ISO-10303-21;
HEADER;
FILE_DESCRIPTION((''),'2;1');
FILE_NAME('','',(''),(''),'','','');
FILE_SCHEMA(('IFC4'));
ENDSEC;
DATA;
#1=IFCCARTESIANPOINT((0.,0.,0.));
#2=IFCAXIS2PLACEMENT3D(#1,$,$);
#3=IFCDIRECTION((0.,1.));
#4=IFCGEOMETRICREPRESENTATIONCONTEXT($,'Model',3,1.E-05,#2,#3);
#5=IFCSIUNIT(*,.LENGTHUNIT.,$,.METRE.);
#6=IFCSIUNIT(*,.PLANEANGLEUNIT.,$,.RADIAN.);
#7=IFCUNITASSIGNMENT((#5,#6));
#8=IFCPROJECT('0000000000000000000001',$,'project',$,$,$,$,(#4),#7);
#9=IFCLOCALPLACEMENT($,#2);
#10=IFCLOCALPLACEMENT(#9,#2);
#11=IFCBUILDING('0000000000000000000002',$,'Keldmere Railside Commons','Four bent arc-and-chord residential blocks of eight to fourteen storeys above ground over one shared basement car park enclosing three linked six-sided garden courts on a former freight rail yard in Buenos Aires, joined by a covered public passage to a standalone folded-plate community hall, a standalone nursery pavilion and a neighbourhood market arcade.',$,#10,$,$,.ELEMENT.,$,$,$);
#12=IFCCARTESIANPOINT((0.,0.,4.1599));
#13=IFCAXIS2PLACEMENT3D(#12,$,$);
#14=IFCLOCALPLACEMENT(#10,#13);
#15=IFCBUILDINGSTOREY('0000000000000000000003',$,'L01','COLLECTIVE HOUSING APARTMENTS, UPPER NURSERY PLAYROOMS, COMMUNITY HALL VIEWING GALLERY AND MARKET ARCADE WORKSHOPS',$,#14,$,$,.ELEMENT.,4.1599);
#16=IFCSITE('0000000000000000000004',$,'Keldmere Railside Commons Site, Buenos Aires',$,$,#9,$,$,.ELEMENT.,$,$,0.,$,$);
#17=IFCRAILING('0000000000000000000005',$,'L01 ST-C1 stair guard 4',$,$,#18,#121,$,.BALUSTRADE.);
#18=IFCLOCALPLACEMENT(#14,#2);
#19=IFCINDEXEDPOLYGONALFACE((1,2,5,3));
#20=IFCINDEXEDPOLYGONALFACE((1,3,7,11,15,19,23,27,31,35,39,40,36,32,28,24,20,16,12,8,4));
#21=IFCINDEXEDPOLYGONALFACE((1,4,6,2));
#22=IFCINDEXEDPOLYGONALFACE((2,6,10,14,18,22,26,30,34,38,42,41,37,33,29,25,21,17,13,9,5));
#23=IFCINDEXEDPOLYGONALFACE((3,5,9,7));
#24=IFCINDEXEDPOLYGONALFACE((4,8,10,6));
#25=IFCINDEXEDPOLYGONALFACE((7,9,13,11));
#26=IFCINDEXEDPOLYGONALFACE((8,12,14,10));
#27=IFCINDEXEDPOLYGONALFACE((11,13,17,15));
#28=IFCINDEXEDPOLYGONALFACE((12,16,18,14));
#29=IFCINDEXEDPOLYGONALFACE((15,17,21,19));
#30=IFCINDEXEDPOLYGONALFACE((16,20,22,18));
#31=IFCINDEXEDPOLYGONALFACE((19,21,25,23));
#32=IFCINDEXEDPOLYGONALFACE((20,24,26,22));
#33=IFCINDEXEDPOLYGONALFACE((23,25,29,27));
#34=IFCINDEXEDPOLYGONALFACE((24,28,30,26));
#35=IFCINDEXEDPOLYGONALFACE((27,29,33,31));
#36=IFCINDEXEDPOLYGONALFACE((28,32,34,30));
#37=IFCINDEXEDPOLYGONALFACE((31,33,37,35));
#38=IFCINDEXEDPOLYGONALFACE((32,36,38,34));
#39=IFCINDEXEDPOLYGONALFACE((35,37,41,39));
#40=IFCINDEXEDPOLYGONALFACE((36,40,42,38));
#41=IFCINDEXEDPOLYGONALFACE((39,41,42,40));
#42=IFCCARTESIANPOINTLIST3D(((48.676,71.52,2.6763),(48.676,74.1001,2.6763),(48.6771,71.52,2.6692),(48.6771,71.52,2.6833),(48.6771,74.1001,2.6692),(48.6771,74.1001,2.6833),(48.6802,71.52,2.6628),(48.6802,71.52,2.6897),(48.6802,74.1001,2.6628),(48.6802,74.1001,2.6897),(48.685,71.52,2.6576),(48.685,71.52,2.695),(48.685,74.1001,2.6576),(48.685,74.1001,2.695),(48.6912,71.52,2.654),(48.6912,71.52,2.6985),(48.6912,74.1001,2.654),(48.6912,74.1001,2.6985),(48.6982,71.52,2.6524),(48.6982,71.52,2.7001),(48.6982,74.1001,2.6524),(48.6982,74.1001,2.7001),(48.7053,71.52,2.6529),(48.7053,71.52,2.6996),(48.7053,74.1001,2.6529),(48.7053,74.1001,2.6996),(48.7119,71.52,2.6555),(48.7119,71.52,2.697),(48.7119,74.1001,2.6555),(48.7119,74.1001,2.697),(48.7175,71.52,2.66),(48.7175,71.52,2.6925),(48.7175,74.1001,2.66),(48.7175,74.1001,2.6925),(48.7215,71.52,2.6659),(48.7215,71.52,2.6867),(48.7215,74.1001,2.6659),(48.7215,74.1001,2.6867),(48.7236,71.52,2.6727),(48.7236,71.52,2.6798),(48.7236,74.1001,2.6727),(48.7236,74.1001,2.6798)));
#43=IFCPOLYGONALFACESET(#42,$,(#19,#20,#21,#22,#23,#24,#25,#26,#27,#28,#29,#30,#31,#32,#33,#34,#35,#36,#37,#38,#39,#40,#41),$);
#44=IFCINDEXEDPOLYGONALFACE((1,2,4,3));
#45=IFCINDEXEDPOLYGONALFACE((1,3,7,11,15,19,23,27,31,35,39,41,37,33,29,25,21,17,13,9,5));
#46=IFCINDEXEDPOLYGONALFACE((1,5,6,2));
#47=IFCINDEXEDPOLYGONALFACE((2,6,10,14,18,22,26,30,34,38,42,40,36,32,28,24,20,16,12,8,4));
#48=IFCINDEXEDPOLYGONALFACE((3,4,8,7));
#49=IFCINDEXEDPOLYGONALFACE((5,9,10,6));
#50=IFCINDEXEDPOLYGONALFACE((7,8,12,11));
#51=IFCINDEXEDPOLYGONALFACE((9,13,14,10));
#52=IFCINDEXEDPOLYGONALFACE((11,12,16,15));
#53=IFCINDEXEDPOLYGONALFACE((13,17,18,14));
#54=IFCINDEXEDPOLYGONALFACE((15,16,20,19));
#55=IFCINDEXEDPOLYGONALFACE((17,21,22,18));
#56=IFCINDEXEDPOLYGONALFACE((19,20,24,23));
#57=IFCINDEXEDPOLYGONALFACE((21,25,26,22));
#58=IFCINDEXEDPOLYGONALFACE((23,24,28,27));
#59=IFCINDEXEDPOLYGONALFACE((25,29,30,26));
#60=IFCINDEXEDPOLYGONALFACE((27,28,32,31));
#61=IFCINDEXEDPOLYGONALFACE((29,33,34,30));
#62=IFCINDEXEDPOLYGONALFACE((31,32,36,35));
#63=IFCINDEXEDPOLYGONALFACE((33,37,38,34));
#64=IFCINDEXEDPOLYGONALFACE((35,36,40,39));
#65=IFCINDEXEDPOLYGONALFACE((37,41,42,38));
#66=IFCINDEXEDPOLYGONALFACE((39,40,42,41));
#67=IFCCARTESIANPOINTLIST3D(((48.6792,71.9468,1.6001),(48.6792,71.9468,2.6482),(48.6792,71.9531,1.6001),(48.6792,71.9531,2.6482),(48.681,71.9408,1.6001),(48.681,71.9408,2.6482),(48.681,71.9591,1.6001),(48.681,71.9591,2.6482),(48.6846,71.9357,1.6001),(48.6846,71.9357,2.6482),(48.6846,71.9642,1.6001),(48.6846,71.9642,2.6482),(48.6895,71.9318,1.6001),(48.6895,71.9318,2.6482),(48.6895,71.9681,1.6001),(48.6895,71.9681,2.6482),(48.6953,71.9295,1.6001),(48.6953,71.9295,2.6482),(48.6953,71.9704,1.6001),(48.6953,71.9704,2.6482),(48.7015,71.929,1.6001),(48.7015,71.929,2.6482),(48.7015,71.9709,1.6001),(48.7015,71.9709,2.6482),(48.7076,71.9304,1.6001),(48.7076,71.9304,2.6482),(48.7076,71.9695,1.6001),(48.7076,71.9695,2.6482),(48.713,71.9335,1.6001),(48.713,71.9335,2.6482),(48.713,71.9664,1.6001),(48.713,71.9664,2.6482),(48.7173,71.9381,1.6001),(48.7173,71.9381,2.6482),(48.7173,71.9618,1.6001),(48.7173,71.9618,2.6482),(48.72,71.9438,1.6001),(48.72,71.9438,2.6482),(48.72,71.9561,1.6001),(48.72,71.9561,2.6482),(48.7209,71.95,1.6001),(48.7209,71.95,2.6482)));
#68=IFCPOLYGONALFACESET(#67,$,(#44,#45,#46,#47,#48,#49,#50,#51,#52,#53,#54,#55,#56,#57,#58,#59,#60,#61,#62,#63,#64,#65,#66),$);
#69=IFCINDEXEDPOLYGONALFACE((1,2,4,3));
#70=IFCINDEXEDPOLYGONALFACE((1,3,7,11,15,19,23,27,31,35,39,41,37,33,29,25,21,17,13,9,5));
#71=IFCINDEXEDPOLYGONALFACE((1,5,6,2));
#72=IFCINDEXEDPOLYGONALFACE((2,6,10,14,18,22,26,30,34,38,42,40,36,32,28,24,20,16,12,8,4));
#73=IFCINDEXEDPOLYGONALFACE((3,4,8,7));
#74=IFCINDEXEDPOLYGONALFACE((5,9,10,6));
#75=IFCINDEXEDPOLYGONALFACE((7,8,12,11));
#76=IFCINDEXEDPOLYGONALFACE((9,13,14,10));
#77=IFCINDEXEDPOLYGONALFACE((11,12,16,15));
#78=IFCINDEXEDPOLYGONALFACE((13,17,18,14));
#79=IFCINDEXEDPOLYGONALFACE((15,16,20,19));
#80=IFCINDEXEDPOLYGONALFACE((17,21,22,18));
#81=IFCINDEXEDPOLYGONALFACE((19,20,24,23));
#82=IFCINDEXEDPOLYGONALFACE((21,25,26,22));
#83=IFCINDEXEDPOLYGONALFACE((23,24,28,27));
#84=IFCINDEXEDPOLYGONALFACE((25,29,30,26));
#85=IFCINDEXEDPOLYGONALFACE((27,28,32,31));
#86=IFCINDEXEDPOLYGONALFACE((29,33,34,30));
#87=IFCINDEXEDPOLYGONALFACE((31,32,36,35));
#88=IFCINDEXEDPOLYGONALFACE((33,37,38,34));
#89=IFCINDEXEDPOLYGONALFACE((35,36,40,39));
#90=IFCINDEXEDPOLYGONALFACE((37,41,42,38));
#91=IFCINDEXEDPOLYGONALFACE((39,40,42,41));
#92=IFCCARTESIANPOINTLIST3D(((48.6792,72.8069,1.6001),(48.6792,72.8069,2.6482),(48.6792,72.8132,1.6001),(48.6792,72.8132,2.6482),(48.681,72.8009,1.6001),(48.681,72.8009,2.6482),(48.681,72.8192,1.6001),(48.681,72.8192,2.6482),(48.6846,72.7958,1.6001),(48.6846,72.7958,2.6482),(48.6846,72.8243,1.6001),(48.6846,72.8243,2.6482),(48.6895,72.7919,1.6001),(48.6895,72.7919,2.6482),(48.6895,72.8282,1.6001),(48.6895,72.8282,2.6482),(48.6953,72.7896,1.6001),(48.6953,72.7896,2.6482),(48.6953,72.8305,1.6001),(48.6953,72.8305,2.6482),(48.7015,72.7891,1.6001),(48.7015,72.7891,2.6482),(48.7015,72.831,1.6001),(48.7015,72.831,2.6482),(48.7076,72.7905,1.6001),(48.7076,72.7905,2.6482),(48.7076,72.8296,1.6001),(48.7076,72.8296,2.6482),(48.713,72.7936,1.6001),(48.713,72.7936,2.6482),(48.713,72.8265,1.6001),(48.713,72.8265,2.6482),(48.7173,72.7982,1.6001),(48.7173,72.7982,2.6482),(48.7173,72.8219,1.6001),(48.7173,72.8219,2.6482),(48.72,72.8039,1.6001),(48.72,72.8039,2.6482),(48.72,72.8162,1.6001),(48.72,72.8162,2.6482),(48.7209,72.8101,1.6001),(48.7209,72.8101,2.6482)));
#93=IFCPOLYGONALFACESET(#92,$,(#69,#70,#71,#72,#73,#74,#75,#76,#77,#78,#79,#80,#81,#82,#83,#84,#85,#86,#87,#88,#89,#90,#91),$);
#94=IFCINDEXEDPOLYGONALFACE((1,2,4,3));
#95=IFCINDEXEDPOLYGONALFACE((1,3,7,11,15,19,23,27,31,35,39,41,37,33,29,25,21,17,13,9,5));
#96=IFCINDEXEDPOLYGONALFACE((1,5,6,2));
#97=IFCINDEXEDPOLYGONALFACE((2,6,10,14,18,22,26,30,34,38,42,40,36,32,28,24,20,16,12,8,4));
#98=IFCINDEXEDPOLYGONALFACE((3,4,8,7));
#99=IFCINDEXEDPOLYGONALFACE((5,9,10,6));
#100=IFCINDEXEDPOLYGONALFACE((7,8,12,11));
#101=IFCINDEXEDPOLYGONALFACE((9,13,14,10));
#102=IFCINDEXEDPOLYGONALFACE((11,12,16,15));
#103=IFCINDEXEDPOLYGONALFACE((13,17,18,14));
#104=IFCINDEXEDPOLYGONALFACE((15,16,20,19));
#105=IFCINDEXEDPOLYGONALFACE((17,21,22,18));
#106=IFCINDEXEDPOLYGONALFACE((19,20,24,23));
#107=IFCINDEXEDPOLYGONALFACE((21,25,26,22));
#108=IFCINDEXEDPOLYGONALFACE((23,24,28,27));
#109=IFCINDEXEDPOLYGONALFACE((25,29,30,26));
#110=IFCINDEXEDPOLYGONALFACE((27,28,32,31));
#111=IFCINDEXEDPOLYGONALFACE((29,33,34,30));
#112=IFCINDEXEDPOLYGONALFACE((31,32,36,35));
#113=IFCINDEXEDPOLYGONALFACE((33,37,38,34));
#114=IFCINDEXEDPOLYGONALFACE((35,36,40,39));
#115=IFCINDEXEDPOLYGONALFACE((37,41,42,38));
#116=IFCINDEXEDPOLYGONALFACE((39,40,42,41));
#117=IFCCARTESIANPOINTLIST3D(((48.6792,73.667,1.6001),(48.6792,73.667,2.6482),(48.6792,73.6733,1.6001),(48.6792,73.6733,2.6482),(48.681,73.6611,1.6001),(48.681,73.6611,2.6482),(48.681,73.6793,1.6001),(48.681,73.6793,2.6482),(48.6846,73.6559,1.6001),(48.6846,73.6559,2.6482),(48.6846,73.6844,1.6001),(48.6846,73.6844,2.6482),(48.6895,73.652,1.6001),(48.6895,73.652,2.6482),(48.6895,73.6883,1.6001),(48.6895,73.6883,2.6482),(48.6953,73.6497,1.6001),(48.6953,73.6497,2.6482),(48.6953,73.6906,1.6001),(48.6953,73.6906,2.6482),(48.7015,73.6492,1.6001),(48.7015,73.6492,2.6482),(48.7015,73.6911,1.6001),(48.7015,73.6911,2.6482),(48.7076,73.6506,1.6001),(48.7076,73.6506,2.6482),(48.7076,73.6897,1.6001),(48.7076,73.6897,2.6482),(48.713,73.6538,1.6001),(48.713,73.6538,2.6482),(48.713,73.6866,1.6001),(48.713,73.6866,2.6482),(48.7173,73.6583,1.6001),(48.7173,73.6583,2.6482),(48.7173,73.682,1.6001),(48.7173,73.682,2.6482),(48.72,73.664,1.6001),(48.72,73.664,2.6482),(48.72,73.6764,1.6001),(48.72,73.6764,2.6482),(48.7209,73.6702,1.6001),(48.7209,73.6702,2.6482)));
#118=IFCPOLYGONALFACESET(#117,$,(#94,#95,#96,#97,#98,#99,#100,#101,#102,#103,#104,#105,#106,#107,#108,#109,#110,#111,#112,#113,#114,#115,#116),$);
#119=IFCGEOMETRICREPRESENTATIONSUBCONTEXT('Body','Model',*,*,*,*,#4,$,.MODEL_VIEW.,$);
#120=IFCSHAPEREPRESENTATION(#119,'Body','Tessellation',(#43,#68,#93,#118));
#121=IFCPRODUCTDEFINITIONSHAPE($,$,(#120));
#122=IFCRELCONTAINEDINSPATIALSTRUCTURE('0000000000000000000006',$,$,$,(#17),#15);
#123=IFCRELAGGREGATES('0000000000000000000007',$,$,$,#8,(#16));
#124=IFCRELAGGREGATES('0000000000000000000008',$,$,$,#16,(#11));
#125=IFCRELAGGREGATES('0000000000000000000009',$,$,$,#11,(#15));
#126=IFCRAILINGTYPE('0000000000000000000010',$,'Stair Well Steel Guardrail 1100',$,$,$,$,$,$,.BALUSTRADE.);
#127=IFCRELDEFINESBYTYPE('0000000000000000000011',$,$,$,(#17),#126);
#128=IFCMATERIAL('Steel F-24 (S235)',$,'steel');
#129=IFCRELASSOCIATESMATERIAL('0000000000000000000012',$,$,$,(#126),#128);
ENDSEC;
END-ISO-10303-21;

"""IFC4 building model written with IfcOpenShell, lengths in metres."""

from ifc_helpers import new_model, si_unit, direction, frame, origin, origin_2d, place, context, subcontext, project, spatial, circle, extrude, material, type_object, element, save


model = new_model("IFC4")

# Units and contexts
model_context = context("Model", 3, precision=1e-05, world=origin(), true_north=direction((0.0, 1.0)))
body_context = subcontext(model_context, "Body", "Model", "MODEL_VIEW")
ifc_project = project(units=[si_unit("LENGTHUNIT", "METRE"), si_unit("PLANEANGLEUNIT", "RADIAN")], contexts=[model_context])

# Site, building, storey
site_placement = place(None, origin())
site = spatial("IfcSite", under=ifc_project, at=site_placement, Name="Keldmere Railside Commons Site, Buenos Aires", CompositionType="ELEMENT", RefElevation=0.0)
building_placement = place(site_placement, origin())
building = spatial("IfcBuilding", under=site, at=building_placement, Name="Keldmere Railside Commons", Description="Four bent arc-and-chord residential blocks of eight to fourteen storeys above ground over one shared basement car park enclosing three linked six-sided garden courts on a former freight rail yard in Buenos Aires, joined by a covered public passage to a standalone folded-plate community hall, a standalone nursery pavilion and a neighbourhood market arcade.", CompositionType="ELEMENT")
storey_placement = place(building_placement, frame((0.0, 0.0, 4.1599)))
storey = spatial("IfcBuildingStorey", under=building, at=storey_placement, Name="L01", Description="COLLECTIVE HOUSING APARTMENTS, UPPER NURSERY PLAYROOMS, COMMUNITY HALL VIEWING GALLERY AND MARKET ARCADE WORKSHOPS", CompositionType="ELEMENT", Elevation=4.1599)

# Railing
ifc_material_1 = material(Name="Steel F-24 (S235)", Category="steel")
railing_type_1 = type_object("IfcRailingType", Name="Stair Well Steel Guardrail 1100", PredefinedType="BALUSTRADE", material=ifc_material_1)
railing_1_placement = place(storey_placement, frame((48.7, 71.52, 1.6001)))
element("IfcRailing", 1, at=railing_1_placement, inside=storey, type_object=railing_type_1, Name="L01 ST-C1 stair guard 4", PredefinedType="BALUSTRADE", context=body_context, shape_type="SweptSolid", body=[
    extrude(circle(Radius=0.0239, at=origin_2d()), frame((0.0, 0.0, 1.0762), z_axis=(0.0, 1.0, 0.0), x_axis=(-1.0, 0.0, 0.0)), (0.0, 0.0, 1.0), 2.5801),
    extrude(circle(Radius=0.021, at=origin_2d()), frame((0.0, 0.4299, 0.0)), (0.0, 0.0, 1.0), 1.0481),
    extrude(circle(Radius=0.021, at=origin_2d()), frame((0.0, 1.29, 0.0)), (0.0, 0.0, 1.0), 1.0481),
    extrude(circle(Radius=0.021, at=origin_2d()), frame((0.0, 2.1501, 0.0)), (0.0, 0.0, 1.0), 1.0481),
])

save(model, "model.ifc")
